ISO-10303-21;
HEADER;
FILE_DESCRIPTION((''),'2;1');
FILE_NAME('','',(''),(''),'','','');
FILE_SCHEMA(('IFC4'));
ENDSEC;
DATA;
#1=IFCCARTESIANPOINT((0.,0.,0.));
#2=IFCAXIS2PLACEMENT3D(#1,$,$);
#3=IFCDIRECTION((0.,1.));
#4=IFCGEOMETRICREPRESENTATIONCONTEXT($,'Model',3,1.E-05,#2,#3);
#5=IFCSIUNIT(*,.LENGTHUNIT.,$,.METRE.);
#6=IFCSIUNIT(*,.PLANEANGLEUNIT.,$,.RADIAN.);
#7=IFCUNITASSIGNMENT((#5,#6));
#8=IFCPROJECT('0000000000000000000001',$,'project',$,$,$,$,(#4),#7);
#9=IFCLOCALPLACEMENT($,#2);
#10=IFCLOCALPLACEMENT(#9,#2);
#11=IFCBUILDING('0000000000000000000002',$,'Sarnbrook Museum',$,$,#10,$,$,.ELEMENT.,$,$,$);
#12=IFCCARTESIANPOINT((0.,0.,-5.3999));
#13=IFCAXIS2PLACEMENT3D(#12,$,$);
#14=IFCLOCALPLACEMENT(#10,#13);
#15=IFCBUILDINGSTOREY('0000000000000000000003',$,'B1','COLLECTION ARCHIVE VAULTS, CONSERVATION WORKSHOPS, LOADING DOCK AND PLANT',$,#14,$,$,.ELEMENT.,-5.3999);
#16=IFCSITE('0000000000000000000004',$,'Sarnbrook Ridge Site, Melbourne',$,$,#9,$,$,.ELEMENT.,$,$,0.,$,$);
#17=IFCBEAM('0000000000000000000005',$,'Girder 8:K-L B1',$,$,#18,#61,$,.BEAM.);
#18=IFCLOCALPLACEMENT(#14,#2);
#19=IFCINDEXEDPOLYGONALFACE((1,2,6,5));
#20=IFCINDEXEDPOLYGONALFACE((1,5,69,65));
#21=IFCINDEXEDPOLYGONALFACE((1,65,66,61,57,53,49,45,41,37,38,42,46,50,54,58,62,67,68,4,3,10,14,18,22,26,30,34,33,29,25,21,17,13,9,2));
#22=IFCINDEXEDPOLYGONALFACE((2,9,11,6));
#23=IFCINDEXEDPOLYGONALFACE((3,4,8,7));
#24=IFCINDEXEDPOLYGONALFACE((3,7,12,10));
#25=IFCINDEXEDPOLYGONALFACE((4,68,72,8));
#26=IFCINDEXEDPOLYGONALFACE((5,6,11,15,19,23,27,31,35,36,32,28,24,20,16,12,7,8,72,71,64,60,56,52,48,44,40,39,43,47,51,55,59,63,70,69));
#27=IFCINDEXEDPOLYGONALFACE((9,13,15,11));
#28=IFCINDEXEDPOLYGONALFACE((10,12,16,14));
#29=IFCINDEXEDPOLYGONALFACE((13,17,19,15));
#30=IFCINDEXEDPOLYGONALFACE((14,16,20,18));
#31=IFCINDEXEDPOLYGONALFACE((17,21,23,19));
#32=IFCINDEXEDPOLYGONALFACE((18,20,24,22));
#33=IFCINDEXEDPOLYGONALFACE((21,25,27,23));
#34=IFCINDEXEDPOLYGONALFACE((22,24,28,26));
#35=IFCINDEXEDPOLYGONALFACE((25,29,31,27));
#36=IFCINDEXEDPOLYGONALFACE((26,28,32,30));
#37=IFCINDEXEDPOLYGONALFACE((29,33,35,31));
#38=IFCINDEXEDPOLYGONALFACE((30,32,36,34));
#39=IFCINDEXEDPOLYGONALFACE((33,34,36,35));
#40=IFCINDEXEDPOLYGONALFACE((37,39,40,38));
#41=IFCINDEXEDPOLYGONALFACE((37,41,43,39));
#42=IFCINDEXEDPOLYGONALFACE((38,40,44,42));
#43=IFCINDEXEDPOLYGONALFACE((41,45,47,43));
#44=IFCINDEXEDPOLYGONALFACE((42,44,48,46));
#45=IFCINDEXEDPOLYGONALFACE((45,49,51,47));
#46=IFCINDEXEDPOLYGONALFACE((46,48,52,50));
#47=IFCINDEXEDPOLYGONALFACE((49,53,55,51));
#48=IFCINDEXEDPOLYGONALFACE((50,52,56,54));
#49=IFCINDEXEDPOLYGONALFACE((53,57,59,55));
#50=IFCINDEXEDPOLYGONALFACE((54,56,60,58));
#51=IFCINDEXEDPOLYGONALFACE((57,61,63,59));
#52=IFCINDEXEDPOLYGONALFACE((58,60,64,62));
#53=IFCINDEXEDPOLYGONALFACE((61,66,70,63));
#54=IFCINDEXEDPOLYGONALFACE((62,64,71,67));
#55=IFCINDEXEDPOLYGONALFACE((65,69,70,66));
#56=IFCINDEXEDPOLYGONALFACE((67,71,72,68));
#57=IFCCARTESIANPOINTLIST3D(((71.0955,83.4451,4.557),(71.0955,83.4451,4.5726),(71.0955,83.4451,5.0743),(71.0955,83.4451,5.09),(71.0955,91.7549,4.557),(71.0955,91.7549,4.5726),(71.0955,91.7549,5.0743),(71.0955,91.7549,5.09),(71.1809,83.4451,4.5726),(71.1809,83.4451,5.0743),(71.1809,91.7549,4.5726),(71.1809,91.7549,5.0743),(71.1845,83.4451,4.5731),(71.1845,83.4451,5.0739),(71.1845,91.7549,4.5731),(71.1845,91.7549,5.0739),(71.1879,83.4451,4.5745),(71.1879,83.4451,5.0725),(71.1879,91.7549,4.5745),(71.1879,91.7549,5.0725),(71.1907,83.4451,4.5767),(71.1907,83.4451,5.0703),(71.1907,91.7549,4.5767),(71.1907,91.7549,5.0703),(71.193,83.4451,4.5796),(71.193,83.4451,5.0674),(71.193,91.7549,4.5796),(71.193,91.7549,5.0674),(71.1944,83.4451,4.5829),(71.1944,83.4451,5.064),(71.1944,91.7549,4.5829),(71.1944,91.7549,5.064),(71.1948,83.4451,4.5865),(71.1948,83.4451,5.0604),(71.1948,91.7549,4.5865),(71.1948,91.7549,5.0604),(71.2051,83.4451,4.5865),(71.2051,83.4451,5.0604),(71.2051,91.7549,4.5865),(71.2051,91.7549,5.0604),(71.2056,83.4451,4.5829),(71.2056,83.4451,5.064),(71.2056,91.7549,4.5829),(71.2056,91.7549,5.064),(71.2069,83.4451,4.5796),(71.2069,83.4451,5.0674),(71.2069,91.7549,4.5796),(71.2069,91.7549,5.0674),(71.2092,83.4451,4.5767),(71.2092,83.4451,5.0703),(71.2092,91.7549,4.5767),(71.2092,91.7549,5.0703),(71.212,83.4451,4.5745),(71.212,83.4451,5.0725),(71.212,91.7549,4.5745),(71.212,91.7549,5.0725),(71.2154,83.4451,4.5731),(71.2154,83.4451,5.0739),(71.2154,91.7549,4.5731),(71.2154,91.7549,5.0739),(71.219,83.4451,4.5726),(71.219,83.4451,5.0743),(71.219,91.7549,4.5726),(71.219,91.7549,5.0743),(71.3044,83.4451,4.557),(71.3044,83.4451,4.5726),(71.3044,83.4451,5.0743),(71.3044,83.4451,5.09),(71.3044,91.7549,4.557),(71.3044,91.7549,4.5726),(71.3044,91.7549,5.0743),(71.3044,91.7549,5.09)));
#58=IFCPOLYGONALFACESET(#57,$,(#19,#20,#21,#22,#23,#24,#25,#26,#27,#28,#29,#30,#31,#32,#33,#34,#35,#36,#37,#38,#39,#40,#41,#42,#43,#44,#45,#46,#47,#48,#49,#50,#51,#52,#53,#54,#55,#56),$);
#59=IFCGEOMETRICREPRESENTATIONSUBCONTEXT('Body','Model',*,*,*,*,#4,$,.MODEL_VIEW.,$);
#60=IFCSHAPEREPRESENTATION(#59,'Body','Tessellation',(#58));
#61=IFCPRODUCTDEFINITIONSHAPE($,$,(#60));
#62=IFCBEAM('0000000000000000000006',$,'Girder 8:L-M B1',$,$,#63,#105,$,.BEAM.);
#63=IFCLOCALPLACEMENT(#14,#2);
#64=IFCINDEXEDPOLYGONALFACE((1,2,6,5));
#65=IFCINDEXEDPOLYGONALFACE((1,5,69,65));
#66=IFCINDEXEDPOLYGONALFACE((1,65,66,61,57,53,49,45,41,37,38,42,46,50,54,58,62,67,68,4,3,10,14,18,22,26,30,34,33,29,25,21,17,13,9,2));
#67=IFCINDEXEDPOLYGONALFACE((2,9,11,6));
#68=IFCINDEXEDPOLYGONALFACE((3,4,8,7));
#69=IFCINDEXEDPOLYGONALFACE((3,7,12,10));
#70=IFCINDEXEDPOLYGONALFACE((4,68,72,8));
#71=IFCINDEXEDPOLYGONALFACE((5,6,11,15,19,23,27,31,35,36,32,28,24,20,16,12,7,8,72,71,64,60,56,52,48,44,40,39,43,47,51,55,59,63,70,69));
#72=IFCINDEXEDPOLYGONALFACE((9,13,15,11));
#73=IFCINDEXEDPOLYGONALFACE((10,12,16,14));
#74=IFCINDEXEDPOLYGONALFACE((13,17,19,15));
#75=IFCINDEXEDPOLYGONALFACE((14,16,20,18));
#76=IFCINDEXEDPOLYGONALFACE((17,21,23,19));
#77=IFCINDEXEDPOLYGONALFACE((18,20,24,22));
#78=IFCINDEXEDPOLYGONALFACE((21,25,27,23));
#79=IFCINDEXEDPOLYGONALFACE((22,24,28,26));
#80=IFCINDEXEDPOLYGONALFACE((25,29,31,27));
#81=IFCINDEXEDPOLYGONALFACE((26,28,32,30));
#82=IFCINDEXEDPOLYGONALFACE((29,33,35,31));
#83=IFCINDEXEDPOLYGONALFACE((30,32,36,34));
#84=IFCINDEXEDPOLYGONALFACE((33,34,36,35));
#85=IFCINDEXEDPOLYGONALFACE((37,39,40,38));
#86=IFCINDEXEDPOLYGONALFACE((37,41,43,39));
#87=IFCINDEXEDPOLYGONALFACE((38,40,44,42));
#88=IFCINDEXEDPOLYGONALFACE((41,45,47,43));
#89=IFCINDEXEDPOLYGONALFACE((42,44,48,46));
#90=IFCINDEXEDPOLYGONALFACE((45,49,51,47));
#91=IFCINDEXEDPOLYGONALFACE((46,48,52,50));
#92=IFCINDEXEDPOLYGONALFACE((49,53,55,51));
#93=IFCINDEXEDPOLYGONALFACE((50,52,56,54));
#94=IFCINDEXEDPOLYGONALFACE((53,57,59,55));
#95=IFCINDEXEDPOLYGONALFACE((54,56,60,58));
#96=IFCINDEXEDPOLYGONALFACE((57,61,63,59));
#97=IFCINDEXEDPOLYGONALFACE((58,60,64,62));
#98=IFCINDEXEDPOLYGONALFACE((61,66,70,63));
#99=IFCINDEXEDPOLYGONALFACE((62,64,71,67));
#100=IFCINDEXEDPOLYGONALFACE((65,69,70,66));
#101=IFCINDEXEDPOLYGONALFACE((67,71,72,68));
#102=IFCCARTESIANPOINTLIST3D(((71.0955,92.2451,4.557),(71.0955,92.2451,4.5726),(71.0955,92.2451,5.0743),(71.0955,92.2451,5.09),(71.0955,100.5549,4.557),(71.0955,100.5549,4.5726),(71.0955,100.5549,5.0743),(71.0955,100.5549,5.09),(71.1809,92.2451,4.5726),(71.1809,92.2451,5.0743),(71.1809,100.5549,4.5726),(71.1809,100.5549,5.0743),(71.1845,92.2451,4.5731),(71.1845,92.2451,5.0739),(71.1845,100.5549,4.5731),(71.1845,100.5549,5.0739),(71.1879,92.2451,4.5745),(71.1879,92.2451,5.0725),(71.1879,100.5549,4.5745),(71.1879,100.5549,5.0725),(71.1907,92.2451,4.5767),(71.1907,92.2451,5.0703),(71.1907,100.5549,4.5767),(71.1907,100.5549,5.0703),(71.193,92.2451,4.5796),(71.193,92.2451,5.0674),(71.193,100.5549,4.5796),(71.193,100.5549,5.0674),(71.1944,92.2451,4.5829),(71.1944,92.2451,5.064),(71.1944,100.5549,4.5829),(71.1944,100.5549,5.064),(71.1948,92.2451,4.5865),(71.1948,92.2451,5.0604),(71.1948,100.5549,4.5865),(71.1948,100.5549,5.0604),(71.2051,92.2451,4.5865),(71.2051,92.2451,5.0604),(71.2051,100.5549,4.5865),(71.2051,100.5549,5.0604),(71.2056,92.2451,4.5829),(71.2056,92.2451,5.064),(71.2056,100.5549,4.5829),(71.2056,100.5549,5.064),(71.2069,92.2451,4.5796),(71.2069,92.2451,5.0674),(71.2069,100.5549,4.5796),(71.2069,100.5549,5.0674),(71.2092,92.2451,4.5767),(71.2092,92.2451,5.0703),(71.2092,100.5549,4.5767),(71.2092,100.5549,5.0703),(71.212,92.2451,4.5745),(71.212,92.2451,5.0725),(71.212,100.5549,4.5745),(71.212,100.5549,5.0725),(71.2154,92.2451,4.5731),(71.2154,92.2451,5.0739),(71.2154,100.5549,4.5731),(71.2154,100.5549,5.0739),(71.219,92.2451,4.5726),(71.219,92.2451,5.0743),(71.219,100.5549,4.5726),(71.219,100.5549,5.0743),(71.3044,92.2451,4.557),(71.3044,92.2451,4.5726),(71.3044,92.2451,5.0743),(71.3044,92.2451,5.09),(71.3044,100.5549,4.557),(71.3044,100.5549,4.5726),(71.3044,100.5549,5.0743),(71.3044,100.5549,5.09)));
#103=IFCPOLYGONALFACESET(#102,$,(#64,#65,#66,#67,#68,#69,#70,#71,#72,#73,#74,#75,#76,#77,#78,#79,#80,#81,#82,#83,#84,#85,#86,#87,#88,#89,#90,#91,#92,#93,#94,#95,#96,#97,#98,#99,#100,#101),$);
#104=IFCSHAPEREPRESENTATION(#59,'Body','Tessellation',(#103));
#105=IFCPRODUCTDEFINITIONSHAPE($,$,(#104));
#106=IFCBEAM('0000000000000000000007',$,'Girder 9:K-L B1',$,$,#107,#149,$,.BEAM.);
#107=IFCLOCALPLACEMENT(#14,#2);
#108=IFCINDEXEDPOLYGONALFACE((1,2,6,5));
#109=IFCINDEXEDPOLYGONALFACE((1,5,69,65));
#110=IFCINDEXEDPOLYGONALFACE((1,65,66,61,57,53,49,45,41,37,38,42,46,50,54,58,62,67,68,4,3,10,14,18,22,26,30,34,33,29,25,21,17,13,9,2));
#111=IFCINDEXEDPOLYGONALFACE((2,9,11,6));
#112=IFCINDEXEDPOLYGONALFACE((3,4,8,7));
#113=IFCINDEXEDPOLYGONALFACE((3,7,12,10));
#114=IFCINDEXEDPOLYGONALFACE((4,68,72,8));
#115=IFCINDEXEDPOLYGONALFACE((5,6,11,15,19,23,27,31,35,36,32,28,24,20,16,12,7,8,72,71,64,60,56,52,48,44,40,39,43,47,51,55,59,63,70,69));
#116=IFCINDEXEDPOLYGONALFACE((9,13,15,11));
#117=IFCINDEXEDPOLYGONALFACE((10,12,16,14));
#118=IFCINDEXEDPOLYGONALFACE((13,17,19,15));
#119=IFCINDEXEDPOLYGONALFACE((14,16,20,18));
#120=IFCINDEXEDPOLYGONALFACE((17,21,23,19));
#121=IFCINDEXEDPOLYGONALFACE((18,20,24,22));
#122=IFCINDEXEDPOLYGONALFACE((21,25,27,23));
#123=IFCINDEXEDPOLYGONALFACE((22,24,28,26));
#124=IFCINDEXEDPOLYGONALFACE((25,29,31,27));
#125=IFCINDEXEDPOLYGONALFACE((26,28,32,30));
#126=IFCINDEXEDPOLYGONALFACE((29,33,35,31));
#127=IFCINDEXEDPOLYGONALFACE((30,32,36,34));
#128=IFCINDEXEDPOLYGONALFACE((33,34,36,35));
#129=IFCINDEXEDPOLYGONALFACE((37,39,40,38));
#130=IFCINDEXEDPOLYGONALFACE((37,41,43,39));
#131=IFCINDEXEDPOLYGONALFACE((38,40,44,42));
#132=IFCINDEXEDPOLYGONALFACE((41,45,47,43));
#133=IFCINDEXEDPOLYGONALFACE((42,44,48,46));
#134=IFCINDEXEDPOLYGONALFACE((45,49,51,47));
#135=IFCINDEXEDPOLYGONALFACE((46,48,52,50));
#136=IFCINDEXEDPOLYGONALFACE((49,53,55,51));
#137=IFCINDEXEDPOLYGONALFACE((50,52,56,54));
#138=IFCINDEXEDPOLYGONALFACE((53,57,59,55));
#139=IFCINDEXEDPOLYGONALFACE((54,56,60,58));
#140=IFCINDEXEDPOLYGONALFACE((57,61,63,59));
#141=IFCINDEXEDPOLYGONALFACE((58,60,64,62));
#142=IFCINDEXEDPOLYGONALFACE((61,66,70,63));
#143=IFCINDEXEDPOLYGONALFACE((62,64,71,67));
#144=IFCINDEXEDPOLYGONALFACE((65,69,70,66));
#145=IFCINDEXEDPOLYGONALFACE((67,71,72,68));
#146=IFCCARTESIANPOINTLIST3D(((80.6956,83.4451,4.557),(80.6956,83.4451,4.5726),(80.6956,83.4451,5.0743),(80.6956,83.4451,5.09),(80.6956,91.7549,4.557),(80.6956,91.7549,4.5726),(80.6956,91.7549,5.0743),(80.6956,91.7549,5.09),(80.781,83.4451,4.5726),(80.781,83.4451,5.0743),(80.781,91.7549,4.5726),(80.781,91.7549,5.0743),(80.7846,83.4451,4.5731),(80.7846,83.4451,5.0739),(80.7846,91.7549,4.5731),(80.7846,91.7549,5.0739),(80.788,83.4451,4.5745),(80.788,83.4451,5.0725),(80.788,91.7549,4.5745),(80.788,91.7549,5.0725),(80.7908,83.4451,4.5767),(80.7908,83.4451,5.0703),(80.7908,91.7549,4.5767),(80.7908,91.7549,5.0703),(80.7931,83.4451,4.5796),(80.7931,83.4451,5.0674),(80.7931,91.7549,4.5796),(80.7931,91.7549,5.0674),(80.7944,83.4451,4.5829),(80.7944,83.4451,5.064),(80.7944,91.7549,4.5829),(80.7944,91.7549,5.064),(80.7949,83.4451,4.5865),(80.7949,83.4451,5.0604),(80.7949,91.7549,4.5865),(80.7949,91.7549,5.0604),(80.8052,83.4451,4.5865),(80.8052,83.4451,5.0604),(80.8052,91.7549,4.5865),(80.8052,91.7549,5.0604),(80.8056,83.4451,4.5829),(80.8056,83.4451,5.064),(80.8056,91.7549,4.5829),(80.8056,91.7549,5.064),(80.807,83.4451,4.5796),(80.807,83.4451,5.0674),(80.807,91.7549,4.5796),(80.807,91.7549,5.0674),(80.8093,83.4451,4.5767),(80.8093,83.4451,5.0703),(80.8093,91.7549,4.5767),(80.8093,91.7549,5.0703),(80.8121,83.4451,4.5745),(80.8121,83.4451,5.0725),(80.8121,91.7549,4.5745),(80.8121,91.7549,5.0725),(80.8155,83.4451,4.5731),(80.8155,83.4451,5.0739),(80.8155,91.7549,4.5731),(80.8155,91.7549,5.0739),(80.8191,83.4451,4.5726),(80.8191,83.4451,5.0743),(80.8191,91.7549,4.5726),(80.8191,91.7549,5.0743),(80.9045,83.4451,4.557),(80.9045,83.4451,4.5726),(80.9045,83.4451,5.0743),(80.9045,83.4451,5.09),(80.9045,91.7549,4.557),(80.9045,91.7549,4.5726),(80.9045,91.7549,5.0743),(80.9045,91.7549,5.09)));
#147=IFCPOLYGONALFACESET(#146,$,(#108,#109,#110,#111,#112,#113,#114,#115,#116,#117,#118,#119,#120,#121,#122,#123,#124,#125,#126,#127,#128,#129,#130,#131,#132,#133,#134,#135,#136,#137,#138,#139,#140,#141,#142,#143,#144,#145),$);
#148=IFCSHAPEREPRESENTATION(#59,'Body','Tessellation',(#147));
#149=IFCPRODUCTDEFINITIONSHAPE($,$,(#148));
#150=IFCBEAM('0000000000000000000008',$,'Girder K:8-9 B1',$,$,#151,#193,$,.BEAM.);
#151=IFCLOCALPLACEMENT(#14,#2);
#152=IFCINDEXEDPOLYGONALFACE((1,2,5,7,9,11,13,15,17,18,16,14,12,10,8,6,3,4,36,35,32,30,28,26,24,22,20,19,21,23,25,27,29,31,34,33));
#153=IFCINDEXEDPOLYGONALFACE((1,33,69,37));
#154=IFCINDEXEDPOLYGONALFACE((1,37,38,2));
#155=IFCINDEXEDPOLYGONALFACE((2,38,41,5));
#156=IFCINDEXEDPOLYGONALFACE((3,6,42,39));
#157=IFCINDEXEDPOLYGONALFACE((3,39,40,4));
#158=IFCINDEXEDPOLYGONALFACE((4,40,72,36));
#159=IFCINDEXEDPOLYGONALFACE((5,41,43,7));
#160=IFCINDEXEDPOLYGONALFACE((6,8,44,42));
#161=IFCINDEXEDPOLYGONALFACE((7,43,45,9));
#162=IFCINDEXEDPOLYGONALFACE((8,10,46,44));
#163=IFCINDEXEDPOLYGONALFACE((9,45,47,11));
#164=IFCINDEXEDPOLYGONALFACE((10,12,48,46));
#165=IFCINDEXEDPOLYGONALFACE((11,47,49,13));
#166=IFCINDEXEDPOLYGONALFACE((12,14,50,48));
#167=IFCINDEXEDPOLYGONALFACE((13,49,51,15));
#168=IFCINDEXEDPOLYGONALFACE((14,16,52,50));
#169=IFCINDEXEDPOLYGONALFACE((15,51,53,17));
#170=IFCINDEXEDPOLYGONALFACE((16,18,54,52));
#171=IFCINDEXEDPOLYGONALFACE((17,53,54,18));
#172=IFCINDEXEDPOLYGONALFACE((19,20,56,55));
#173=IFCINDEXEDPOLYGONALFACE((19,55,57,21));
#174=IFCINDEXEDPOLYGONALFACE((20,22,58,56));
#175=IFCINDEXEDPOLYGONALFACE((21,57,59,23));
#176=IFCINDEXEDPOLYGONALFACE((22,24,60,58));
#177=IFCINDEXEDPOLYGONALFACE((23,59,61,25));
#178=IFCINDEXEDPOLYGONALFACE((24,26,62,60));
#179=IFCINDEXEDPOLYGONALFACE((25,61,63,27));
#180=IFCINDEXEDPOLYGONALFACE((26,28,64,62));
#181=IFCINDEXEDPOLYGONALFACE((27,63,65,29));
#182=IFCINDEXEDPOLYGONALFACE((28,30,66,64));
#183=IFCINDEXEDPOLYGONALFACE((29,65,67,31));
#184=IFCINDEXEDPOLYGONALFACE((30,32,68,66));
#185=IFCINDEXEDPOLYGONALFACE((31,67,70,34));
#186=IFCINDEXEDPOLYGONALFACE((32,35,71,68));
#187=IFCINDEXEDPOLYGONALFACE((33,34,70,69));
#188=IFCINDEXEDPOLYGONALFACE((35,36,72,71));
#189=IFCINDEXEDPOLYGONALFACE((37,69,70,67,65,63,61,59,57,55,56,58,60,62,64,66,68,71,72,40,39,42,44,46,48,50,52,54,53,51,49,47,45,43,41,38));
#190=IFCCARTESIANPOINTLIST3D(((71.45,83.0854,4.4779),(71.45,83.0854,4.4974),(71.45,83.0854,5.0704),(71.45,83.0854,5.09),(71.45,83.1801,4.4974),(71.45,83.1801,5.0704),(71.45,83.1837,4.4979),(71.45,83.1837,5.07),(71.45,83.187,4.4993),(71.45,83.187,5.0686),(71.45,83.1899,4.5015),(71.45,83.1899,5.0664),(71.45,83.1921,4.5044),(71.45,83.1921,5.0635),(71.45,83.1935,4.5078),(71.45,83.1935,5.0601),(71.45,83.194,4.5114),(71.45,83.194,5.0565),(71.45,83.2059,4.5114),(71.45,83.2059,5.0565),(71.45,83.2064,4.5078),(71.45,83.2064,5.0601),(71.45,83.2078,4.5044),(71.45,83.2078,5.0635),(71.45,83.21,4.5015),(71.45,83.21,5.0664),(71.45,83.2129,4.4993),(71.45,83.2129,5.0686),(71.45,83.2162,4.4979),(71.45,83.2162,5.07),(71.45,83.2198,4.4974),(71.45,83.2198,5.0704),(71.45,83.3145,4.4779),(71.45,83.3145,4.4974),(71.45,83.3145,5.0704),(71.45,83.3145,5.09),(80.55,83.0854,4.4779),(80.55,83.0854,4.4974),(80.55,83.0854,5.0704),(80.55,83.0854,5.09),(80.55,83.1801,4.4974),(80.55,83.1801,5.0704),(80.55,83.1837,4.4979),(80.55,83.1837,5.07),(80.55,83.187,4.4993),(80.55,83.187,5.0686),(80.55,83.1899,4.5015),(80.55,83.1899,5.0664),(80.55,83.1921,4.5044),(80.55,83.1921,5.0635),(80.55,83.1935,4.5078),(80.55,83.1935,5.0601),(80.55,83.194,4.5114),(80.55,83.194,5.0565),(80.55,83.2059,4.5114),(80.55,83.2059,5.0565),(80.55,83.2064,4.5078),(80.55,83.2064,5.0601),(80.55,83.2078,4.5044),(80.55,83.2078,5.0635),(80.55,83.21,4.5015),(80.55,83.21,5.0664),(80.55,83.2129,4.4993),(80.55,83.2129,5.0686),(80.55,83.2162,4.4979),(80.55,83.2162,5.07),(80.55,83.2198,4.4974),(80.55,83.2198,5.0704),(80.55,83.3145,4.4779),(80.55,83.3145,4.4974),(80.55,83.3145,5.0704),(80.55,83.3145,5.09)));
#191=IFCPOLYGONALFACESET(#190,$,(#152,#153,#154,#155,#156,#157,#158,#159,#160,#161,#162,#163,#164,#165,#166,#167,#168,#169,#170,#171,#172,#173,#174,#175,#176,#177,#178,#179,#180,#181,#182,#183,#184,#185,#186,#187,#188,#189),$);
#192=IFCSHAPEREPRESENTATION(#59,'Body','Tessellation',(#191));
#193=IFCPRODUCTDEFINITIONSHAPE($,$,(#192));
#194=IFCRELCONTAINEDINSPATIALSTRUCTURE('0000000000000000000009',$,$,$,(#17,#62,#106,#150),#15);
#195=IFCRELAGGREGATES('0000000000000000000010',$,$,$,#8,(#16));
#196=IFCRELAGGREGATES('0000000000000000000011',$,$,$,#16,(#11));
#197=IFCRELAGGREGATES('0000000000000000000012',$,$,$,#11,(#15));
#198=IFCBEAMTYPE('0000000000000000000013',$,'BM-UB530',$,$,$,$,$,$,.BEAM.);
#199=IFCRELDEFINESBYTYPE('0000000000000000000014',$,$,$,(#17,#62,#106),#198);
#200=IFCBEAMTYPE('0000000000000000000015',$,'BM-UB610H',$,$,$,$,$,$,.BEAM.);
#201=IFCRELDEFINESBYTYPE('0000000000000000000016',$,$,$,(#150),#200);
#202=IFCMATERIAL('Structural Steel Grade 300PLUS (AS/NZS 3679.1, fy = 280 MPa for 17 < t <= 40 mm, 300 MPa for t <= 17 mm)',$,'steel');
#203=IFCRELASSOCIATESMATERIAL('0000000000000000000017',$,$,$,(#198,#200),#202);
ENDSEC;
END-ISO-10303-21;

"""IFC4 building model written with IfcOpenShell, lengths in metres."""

from ifc_helpers import new_model, si_unit, direction, frame, origin, origin_2d, place, context, subcontext, project, spatial, i_section, extrude, material, material_profile, profile_set, type_object, element, save


model = new_model("IFC4")

# Units and contexts
model_context = context("Model", 3, precision=1e-05, world=origin(), true_north=direction((0.0, 1.0)))
body_context = subcontext(model_context, "Body", "Model", "MODEL_VIEW")
ifc_project = project(units=[si_unit("LENGTHUNIT", "METRE"), si_unit("PLANEANGLEUNIT", "RADIAN")], contexts=[model_context])

# Site, building, storey
site_placement = place(None, origin())
site = spatial("IfcSite", under=ifc_project, at=site_placement, Name="Sarnbrook Ridge Site, Melbourne", CompositionType="ELEMENT", RefElevation=0.0)
building_placement = place(site_placement, origin())
building = spatial("IfcBuilding", under=site, at=building_placement, Name="Sarnbrook Museum", CompositionType="ELEMENT")
storey_placement = place(building_placement, frame((0.0, 0.0, -5.3999)))
storey = spatial("IfcBuildingStorey", under=building, at=storey_placement, Name="B1", Description="COLLECTION ARCHIVE VAULTS, CONSERVATION WORKSHOPS, LOADING DOCK AND PLANT", CompositionType="ELEMENT", Elevation=-5.3999)

# Beams
ifc_material_1 = material(Name="Structural Steel Grade 300PLUS (AS/NZS 3679.1, fy = 280 MPa for 17 < t <= 40 mm, 300 MPa for t <= 17 mm)", Category="steel")
ifc_material_profile_1 = material_profile(ifc_material_1, i_section(OverallWidth=0.209, OverallDepth=0.533, WebThickness=0.0103, FlangeThickness=0.0156, FilletRadius=0.0139, at=origin_2d()), Name="530UB92.4")
ifc_profile_set_1 = profile_set([ifc_material_profile_1], Name="Structural Steel Grade 300PLUS (AS/NZS 3679.1, fy = 280 MPa for 17 < t <= 40 mm, 300 MPa for t <= 17 mm)")
beam_type_1 = type_object("IfcBeamType", Name="BM-UB530", PredefinedType="BEAM", material=ifc_profile_set_1)
for number, where, z_axis, x_axis, name in (
    (1, (71.2, 83.4451, 4.8235), (0.0, 1.0, 0.0), (-1.0, 0.0, 0.0), "Girder 8:K-L B1"),
    (2, (71.2, 92.2451, 4.8235), (0.0, 1.0, 0.0), (-1.0, 0.0, 0.0), "Girder 8:L-M B1"),
    (3, (80.8, 83.4451, 4.8235), (0.0, 1.0, 0.0), (-1.0, 0.0, 0.0), "Girder 9:K-L B1"),
):
    element("IfcBeam", number, at=place(storey_placement, frame(where, z_axis=z_axis, x_axis=x_axis)), inside=storey, type_object=beam_type_1, Name=name, PredefinedType="BEAM", context=body_context, shape_type="SweptSolid", body=[
        extrude(i_section(OverallWidth=0.209, OverallDepth=0.533, WebThickness=0.0103, FlangeThickness=0.0156, FilletRadius=0.0139, at=origin_2d()), origin(), (0.0, 0.0, 1.0), 8.3098),
    ])
ifc_material_profile_2 = material_profile(ifc_material_1, i_section(OverallWidth=0.229, OverallDepth=0.6121, WebThickness=0.012, FlangeThickness=0.0195, FilletRadius=0.0139, at=origin_2d()), Name="610UB125")
ifc_profile_set_2 = profile_set([ifc_material_profile_2], Name="Structural Steel Grade 300PLUS (AS/NZS 3679.1, fy = 280 MPa for 17 < t <= 40 mm, 300 MPa for t <= 17 mm)")
beam_type_2 = type_object("IfcBeamType", Name="BM-UB610H", PredefinedType="BEAM", material=ifc_profile_set_2)
for number, where, z_axis, x_axis, name in (
    (4, (71.45, 83.2, 4.7839), (1.0, 0.0, 0.0), (0.0, 1.0, 0.0), "Girder K:8-9 B1"),
):
    element("IfcBeam", number, at=place(storey_placement, frame(where, z_axis=z_axis, x_axis=x_axis)), inside=storey, type_object=beam_type_2, Name=name, PredefinedType="BEAM", context=body_context, shape_type="SweptSolid", body=[
        extrude(i_section(OverallWidth=0.229, OverallDepth=0.6121, WebThickness=0.012, FlangeThickness=0.0195, FilletRadius=0.0139, at=origin_2d()), origin(), (0.0, 0.0, 1.0), 9.1001),
    ])

save(model, "model.ifc")
